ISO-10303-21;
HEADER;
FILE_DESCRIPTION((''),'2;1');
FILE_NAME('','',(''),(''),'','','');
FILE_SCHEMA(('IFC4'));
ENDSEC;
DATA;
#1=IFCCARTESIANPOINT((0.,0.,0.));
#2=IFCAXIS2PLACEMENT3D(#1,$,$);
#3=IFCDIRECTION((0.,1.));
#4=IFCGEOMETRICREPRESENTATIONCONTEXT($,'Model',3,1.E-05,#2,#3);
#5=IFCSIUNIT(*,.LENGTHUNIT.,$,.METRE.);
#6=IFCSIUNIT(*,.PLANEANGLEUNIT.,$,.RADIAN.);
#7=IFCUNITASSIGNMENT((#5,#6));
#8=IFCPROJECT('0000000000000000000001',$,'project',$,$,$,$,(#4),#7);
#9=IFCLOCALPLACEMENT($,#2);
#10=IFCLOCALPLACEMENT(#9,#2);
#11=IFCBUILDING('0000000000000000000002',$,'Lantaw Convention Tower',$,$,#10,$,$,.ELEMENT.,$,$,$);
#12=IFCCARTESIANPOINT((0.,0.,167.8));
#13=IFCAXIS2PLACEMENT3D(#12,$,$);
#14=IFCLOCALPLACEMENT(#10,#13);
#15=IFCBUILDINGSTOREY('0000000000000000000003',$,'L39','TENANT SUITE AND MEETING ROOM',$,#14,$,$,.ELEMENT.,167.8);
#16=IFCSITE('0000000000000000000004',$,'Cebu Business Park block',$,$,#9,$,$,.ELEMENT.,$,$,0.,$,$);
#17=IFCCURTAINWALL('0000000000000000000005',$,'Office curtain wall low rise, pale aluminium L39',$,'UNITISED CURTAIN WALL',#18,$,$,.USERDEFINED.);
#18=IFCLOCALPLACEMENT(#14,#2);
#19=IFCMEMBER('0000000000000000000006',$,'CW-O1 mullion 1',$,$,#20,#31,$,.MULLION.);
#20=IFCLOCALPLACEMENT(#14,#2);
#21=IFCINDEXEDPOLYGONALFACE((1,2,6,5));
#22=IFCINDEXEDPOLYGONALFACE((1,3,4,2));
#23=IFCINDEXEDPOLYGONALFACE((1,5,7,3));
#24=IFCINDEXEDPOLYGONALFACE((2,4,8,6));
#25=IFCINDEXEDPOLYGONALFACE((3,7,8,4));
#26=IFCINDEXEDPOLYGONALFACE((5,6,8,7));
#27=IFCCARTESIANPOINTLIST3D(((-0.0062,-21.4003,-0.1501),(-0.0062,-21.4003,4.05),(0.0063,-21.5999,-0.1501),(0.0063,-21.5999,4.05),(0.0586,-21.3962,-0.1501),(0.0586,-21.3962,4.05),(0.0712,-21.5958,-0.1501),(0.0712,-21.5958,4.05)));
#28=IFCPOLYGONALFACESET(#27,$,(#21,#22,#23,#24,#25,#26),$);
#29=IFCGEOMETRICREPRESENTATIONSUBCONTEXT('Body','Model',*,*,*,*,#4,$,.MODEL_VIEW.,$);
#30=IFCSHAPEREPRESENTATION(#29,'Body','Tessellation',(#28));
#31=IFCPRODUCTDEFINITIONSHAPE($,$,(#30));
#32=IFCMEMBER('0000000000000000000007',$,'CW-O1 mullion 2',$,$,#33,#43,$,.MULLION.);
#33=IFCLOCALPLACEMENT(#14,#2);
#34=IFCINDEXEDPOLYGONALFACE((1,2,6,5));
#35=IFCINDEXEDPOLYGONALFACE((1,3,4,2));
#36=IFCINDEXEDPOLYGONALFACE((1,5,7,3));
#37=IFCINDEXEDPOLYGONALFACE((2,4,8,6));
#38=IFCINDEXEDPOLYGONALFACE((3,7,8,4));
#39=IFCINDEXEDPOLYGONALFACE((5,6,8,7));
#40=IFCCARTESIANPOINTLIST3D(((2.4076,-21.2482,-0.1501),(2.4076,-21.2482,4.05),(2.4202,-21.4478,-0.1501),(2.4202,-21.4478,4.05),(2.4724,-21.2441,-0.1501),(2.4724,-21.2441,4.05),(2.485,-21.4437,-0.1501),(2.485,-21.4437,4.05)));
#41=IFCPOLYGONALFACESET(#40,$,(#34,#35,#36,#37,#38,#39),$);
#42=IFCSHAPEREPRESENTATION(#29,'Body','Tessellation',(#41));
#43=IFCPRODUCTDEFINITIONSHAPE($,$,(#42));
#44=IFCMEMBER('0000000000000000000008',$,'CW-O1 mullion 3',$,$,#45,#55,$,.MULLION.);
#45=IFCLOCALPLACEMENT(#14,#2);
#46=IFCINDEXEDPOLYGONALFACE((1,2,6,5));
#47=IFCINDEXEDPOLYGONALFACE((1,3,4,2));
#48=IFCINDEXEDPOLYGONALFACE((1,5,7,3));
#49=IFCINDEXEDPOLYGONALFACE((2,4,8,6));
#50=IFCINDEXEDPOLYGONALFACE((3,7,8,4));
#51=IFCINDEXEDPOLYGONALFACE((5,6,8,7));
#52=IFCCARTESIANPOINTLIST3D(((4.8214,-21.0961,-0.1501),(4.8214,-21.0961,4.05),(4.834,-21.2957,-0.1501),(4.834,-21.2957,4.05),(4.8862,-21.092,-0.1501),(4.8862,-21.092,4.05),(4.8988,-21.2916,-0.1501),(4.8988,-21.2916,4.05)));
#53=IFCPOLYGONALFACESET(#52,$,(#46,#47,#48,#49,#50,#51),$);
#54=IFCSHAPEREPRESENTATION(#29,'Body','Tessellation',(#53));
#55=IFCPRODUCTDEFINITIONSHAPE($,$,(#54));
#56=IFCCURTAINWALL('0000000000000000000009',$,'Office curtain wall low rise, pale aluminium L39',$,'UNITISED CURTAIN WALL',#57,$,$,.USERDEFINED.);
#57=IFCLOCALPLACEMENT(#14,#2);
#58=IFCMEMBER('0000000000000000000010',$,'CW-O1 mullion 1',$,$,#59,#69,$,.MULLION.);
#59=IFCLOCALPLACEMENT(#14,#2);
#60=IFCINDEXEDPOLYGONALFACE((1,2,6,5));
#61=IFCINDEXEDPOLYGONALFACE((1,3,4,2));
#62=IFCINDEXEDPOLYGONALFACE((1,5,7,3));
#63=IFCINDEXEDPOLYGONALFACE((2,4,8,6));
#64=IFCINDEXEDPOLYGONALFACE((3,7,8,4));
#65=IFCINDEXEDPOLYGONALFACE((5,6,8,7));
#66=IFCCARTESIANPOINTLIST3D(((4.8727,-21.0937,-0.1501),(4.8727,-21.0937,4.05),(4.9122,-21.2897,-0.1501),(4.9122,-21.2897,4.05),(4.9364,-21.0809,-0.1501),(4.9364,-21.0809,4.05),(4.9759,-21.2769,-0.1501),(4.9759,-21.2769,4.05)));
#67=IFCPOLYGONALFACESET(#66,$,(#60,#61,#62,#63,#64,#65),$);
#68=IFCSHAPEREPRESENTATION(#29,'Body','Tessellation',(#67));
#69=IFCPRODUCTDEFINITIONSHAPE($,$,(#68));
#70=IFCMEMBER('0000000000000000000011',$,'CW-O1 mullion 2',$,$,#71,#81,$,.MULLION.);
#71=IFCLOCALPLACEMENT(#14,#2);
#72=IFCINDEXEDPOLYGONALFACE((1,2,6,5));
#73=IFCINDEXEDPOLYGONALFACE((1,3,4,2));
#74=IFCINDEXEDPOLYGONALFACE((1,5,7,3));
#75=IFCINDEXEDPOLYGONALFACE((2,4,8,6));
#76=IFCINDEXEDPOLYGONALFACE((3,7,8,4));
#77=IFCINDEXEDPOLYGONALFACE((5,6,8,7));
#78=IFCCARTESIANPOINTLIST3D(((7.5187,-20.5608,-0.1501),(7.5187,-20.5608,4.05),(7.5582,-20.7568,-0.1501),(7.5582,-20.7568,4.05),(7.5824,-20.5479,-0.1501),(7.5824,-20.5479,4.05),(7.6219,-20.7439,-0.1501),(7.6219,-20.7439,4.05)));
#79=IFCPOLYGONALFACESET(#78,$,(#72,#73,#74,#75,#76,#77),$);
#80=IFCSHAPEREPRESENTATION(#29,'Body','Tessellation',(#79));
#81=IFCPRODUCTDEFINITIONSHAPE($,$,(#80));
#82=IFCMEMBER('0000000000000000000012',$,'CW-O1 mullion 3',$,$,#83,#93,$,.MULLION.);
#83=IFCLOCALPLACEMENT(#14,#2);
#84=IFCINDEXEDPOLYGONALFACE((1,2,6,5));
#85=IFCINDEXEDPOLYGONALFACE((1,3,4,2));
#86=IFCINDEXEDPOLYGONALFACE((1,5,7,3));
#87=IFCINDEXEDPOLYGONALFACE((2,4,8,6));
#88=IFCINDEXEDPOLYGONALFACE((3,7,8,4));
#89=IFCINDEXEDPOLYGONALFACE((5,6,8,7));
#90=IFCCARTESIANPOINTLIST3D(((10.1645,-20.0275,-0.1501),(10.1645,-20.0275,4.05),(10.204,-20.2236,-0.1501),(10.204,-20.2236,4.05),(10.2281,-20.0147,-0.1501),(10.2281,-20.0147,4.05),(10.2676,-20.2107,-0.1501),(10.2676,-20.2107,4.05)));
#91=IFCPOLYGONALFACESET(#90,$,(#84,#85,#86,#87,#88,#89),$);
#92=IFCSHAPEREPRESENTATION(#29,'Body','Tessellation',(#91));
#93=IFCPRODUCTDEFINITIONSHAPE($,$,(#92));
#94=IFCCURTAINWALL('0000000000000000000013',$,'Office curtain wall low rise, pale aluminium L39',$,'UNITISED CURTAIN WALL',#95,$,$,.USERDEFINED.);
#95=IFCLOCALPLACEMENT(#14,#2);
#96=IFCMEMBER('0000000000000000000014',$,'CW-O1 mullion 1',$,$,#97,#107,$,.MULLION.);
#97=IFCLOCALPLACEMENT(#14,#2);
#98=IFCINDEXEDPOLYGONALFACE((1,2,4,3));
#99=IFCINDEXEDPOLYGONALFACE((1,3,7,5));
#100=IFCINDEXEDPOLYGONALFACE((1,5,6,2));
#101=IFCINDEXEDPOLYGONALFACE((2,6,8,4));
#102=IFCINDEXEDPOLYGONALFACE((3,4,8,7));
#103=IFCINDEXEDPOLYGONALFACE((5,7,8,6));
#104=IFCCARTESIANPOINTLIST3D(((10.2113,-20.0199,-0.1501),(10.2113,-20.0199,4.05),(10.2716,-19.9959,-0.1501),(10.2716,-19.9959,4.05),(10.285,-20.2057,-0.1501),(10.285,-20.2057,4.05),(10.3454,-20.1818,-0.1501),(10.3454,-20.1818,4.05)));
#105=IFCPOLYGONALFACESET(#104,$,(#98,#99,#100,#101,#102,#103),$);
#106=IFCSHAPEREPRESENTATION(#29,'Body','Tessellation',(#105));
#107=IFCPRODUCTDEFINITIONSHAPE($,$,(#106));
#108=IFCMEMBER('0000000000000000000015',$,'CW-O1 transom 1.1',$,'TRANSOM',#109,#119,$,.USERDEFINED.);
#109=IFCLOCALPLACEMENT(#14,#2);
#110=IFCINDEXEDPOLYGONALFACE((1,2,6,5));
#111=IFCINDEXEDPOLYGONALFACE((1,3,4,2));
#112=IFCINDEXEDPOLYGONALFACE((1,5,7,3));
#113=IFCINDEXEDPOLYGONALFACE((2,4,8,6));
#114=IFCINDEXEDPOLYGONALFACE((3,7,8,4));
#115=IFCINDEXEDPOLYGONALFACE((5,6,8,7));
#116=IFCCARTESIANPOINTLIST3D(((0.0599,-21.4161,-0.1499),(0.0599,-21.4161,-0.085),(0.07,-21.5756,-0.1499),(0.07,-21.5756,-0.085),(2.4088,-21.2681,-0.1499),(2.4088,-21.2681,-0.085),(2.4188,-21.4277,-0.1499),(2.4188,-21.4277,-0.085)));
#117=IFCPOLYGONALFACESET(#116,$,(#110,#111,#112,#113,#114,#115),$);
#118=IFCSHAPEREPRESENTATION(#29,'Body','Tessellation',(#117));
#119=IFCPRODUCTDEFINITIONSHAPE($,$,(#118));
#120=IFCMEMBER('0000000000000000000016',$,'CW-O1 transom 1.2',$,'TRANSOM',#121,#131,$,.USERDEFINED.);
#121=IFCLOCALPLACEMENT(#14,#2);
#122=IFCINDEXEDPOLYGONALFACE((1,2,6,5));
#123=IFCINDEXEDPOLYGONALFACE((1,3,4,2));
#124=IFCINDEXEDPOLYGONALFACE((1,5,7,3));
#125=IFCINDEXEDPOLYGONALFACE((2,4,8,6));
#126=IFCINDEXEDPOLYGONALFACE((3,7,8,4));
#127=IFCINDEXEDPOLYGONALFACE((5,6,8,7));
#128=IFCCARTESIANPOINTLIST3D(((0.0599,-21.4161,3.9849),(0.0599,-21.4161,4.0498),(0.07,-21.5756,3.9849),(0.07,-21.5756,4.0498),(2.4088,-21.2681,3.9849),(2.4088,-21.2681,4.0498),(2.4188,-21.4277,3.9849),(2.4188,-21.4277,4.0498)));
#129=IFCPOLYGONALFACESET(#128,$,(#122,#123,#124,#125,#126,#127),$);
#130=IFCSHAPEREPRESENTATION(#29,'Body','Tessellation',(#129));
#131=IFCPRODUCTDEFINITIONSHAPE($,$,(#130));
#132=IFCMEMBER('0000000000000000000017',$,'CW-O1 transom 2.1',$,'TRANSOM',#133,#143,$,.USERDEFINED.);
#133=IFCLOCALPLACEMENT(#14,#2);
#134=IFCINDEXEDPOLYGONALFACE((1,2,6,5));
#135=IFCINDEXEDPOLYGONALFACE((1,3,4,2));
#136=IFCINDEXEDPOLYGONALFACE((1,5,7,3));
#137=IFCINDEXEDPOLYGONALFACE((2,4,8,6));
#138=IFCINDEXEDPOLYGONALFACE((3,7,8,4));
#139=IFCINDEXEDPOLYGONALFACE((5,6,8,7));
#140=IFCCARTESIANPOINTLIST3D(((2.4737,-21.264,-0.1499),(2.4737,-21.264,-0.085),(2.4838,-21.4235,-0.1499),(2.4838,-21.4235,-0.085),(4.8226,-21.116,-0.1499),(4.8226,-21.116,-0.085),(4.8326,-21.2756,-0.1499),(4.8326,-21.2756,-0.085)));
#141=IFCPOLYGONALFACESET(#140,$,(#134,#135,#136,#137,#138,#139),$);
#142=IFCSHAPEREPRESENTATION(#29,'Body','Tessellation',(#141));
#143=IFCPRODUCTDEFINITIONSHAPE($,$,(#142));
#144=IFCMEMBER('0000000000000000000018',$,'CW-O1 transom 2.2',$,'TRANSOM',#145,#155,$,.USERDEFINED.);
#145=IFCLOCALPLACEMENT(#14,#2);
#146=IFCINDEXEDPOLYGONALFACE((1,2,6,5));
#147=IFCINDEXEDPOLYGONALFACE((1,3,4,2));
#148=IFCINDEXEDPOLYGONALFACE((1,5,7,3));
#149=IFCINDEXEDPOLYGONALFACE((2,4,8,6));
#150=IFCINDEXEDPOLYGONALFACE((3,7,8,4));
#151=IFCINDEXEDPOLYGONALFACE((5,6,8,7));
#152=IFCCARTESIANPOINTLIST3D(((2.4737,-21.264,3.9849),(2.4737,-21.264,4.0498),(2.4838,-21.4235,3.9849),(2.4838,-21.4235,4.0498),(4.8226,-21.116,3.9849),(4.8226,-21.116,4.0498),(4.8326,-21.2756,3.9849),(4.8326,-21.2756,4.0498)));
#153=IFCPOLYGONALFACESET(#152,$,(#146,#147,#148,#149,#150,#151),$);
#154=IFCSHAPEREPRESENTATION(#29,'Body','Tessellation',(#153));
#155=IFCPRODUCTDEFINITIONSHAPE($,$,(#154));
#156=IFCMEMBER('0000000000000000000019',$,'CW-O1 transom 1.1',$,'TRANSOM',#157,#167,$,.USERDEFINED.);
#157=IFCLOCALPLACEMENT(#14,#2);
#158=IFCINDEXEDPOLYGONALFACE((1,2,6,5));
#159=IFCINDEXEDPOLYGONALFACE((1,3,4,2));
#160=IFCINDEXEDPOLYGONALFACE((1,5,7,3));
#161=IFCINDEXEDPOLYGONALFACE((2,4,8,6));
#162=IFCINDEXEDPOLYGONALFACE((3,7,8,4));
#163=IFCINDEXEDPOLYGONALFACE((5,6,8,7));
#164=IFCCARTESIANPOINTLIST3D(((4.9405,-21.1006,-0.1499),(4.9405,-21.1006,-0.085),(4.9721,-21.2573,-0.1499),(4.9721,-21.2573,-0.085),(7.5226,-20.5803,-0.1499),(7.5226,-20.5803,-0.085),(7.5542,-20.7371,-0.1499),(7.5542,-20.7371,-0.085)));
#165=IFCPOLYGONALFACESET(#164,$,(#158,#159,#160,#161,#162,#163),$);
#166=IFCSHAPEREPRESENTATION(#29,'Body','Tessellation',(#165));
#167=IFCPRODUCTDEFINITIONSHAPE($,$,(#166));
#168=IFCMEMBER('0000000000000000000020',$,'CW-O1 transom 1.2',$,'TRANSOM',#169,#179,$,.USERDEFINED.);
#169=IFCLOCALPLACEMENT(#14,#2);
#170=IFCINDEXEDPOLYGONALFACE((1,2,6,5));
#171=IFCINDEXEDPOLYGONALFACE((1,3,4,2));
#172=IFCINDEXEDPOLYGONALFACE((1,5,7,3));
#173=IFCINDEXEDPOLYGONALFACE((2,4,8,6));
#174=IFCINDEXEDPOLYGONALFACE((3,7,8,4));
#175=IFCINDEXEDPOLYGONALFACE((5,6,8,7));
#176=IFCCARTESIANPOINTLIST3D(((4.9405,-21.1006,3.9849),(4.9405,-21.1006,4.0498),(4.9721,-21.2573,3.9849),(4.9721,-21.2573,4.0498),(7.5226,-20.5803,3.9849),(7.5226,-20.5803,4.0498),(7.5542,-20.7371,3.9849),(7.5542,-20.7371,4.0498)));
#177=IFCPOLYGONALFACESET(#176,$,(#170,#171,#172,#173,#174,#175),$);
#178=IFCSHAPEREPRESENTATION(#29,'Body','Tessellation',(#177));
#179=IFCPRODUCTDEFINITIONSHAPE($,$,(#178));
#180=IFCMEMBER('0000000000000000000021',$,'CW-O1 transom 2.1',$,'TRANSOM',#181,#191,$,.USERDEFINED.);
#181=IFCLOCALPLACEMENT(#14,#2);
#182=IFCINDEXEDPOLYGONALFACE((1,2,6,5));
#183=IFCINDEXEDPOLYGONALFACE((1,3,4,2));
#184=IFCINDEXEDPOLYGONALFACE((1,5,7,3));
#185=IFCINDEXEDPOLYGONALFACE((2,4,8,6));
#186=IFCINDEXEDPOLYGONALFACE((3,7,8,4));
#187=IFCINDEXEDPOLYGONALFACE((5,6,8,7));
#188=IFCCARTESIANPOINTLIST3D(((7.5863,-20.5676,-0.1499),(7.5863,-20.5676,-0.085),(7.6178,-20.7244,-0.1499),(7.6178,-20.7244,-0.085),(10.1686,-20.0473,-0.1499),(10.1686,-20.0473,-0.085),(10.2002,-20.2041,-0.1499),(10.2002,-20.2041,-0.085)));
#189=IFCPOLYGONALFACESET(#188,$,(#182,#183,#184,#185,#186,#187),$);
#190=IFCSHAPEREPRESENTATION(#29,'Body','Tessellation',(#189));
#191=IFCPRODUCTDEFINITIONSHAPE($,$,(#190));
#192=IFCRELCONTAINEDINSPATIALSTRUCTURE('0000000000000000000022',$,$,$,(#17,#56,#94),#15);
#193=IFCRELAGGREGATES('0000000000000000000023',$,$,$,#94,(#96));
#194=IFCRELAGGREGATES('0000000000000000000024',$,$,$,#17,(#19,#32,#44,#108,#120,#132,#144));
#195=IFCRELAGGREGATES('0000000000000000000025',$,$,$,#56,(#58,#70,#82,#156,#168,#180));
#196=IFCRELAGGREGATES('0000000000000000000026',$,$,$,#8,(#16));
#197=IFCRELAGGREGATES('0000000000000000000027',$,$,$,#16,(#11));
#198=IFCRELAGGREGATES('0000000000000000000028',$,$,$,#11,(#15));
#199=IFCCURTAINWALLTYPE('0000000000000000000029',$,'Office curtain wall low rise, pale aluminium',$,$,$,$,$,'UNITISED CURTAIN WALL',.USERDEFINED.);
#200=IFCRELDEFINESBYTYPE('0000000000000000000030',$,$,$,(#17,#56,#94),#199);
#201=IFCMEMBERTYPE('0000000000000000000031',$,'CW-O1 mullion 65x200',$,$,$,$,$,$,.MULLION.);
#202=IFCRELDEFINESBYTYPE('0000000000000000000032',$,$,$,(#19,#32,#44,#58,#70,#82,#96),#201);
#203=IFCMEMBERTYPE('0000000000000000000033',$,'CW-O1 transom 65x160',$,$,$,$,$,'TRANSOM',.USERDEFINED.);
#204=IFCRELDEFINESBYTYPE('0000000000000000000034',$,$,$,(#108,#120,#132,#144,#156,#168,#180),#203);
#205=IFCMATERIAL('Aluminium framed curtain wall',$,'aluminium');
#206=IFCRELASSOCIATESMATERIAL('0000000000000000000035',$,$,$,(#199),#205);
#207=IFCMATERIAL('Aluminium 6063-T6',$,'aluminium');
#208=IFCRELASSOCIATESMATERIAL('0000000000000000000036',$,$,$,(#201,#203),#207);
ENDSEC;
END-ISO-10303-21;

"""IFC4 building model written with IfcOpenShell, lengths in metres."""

from ifc_helpers import new_model, si_unit, direction, frame, origin, origin_2d, place, context, subcontext, project, spatial, rectangle, extrude, material, material_profile, profile_set, type_object, element, aggregate, save


model = new_model("IFC4")

# Units and contexts
model_context = context("Model", 3, precision=1e-05, world=origin(), true_north=direction((0.0, 1.0)))
body_context = subcontext(model_context, "Body", "Model", "MODEL_VIEW")
ifc_project = project(units=[si_unit("LENGTHUNIT", "METRE"), si_unit("PLANEANGLEUNIT", "RADIAN")], contexts=[model_context])

# Site, building, storey
site_placement = place(None, origin())
site = spatial("IfcSite", under=ifc_project, at=site_placement, Name="Cebu Business Park block", CompositionType="ELEMENT", RefElevation=0.0)
building_placement = place(site_placement, origin())
building = spatial("IfcBuilding", under=site, at=building_placement, Name="Lantaw Convention Tower", CompositionType="ELEMENT")
storey_placement = place(building_placement, frame((0.0, 0.0, 167.8)))
storey = spatial("IfcBuildingStorey", under=building, at=storey_placement, Name="L39", Description="TENANT SUITE AND MEETING ROOM", CompositionType="ELEMENT", Elevation=167.8)

# Curtain walls, members
ifc_material_1 = material(Name="Aluminium framed curtain wall", Category="aluminium")
curtain_wall_type = type_object("IfcCurtainWallType", Name="Office curtain wall low rise, pale aluminium", ElementType="UNITISED CURTAIN WALL", PredefinedType="USERDEFINED", material=ifc_material_1)
curtain_wall_1_placement = place(storey_placement, origin())
curtain_wall_1 = element("IfcCurtainWall", 1, at=curtain_wall_1_placement, inside=storey, type_object=curtain_wall_type, Name="Office curtain wall low rise, pale aluminium L39", ObjectType="UNITISED CURTAIN WALL", PredefinedType="USERDEFINED")
ifc_material_2 = material(Name="Aluminium 6063-T6", Category="aluminium")
ifc_material_profile_1 = material_profile(ifc_material_2, rectangle(XDim=0.2, YDim=0.0649, at=origin_2d()), Name="CW-O1 mullion 65x200")
ifc_profile_set_1 = profile_set([ifc_material_profile_1], Name="Aluminium 6063-T6")
member_type_1 = type_object("IfcMemberType", Name="CW-O1 mullion 65x200", PredefinedType="MULLION", material=ifc_profile_set_1)
member_1_placement = place(storey_placement, frame((0.0325, -21.498, -0.1501), z_axis=(0.0, 0.0, 1.0), x_axis=(-0.062865, 0.998022, 0.0)))
member_1 = element("IfcMember", 2, at=member_1_placement, type_object=member_type_1, Name="CW-O1 mullion 1", PredefinedType="MULLION", context=body_context, shape_type="SweptSolid", body=[
    extrude(rectangle(XDim=0.2, YDim=0.0649, at=origin_2d()), origin(), (0.0, 0.0, 1.0), 4.2002),
])
member_2_placement = place(storey_placement, frame((2.4463, -21.3459, -0.1501), z_axis=(0.0, 0.0, 1.0), x_axis=(-0.062865, 0.998022, 0.0)))
member_2 = element("IfcMember", 3, at=member_2_placement, type_object=member_type_1, Name="CW-O1 mullion 2", PredefinedType="MULLION", context=body_context, shape_type="SweptSolid", body=[
    extrude(rectangle(XDim=0.2, YDim=0.0649, at=origin_2d()), origin(), (0.0, 0.0, 1.0), 4.2002),
])
member_3_placement = place(storey_placement, frame((4.8601, -21.1938, -0.1501), z_axis=(0.0, 0.0, 1.0), x_axis=(-0.062865, 0.998022, 0.0)))
member_3 = element("IfcMember", 4, at=member_3_placement, type_object=member_type_1, Name="CW-O1 mullion 3", PredefinedType="MULLION", context=body_context, shape_type="SweptSolid", body=[
    extrude(rectangle(XDim=0.2, YDim=0.0649, at=origin_2d()), origin(), (0.0, 0.0, 1.0), 4.2002),
])
curtain_wall_2_placement = place(storey_placement, origin())
curtain_wall_2 = element("IfcCurtainWall", 5, at=curtain_wall_2_placement, inside=storey, type_object=curtain_wall_type, Name="Office curtain wall low rise, pale aluminium L39", ObjectType="UNITISED CURTAIN WALL", PredefinedType="USERDEFINED")
member_4_placement = place(storey_placement, frame((4.9243, -21.1853, -0.1501), z_axis=(0.0, 0.0, 1.0), x_axis=(-0.197507, 0.980302, 0.0)))
member_4 = element("IfcMember", 6, at=member_4_placement, type_object=member_type_1, Name="CW-O1 mullion 1", PredefinedType="MULLION", context=body_context, shape_type="SweptSolid", body=[
    extrude(rectangle(XDim=0.2, YDim=0.0649, at=origin_2d()), origin(), (0.0, 0.0, 1.0), 4.2002),
])
member_5_placement = place(storey_placement, frame((7.5703, -20.6523, -0.1501), z_axis=(0.0, 0.0, 1.0), x_axis=(-0.197507, 0.980302, 0.0)))
member_5 = element("IfcMember", 7, at=member_5_placement, type_object=member_type_1, Name="CW-O1 mullion 2", PredefinedType="MULLION", context=body_context, shape_type="SweptSolid", body=[
    extrude(rectangle(XDim=0.2, YDim=0.0649, at=origin_2d()), origin(), (0.0, 0.0, 1.0), 4.2002),
])
member_6_placement = place(storey_placement, frame((10.2161, -20.1191, -0.1501), z_axis=(0.0, 0.0, 1.0), x_axis=(-0.197507, 0.980302, 0.0)))
member_6 = element("IfcMember", 8, at=member_6_placement, type_object=member_type_1, Name="CW-O1 mullion 3", PredefinedType="MULLION", context=body_context, shape_type="SweptSolid", body=[
    extrude(rectangle(XDim=0.2, YDim=0.0649, at=origin_2d()), origin(), (0.0, 0.0, 1.0), 4.2002),
])

# Curtain wall, member
curtain_wall_3_placement = place(storey_placement, origin())
curtain_wall_3 = element("IfcCurtainWall", 9, at=curtain_wall_3_placement, inside=storey, type_object=curtain_wall_type, Name="Office curtain wall low rise, pale aluminium L39", ObjectType="UNITISED CURTAIN WALL", PredefinedType="USERDEFINED")
member_7_placement = place(storey_placement, frame((10.2783, -20.1008, -0.1501), z_axis=(0.0, 0.0, 1.0), x_axis=(-0.368702, 0.929548, 0.0)))
member_7 = element("IfcMember", 10, at=member_7_placement, type_object=member_type_1, Name="CW-O1 mullion 1", PredefinedType="MULLION", context=body_context, shape_type="SweptSolid", body=[
    extrude(rectangle(XDim=0.2, YDim=0.0649, at=origin_2d()), origin(), (0.0, 0.0, 1.0), 4.2002),
])

# Members
ifc_material_profile_2 = material_profile(ifc_material_2, rectangle(XDim=0.1599, YDim=0.0649, at=origin_2d()), Name="CW-O1 transom 65x160")
ifc_profile_set_2 = profile_set([ifc_material_profile_2], Name="Aluminium 6063-T6")
member_type_2 = type_object("IfcMemberType", Name="CW-O1 transom 65x160", ElementType="TRANSOM", PredefinedType="USERDEFINED", material=ifc_profile_set_2)
member_8_placement = place(storey_placement, frame((0.0649, -21.4958, -0.1174), z_axis=(0.998022, 0.062863, 0.0), x_axis=(-0.062863, 0.998022, 0.0)))
member_8 = element("IfcMember", 11, at=member_8_placement, type_object=member_type_2, Name="CW-O1 transom 1.1", ObjectType="TRANSOM", PredefinedType="USERDEFINED", context=body_context, shape_type="SweptSolid", body=[
    extrude(rectangle(XDim=0.1599, YDim=0.0649, at=origin_2d()), origin(), (0.0, 0.0, 1.0), 2.3535),
])
member_9_placement = place(storey_placement, frame((0.0649, -21.4958, 4.0173), z_axis=(0.998022, 0.062863, 0.0), x_axis=(-0.062863, 0.998022, 0.0)))
member_9 = element("IfcMember", 12, at=member_9_placement, type_object=member_type_2, Name="CW-O1 transom 1.2", ObjectType="TRANSOM", PredefinedType="USERDEFINED", context=body_context, shape_type="SweptSolid", body=[
    extrude(rectangle(XDim=0.1599, YDim=0.0649, at=origin_2d()), origin(), (0.0, 0.0, 1.0), 2.3535),
])
member_10_placement = place(storey_placement, frame((2.4788, -21.3438, -0.1174), z_axis=(0.998022, 0.062863, 0.0), x_axis=(-0.062863, 0.998022, 0.0)))
member_10 = element("IfcMember", 13, at=member_10_placement, type_object=member_type_2, Name="CW-O1 transom 2.1", ObjectType="TRANSOM", PredefinedType="USERDEFINED", context=body_context, shape_type="SweptSolid", body=[
    extrude(rectangle(XDim=0.1599, YDim=0.0649, at=origin_2d()), origin(), (0.0, 0.0, 1.0), 2.3535),
])
member_11_placement = place(storey_placement, frame((2.4788, -21.3438, 4.0173), z_axis=(0.998022, 0.062863, 0.0), x_axis=(-0.062863, 0.998022, 0.0)))
member_11 = element("IfcMember", 14, at=member_11_placement, type_object=member_type_2, Name="CW-O1 transom 2.2", ObjectType="TRANSOM", PredefinedType="USERDEFINED", context=body_context, shape_type="SweptSolid", body=[
    extrude(rectangle(XDim=0.1599, YDim=0.0649, at=origin_2d()), origin(), (0.0, 0.0, 1.0), 2.3535),
])
member_12_placement = place(storey_placement, frame((4.9563, -21.179, -0.1174), z_axis=(0.980298, 0.197524, 0.0), x_axis=(-0.197524, 0.980298, 0.0)))
member_12 = element("IfcMember", 15, at=member_12_placement, type_object=member_type_2, Name="CW-O1 transom 1.1", ObjectType="TRANSOM", PredefinedType="USERDEFINED", context=body_context, shape_type="SweptSolid", body=[
    extrude(rectangle(XDim=0.1599, YDim=0.0649, at=origin_2d()), origin(), (0.0, 0.0, 1.0), 2.634),
])
member_13_placement = place(storey_placement, frame((4.9563, -21.179, 4.0173), z_axis=(0.980298, 0.197524, 0.0), x_axis=(-0.197524, 0.980298, 0.0)))
member_13 = element("IfcMember", 16, at=member_13_placement, type_object=member_type_2, Name="CW-O1 transom 1.2", ObjectType="TRANSOM", PredefinedType="USERDEFINED", context=body_context, shape_type="SweptSolid", body=[
    extrude(rectangle(XDim=0.1599, YDim=0.0649, at=origin_2d()), origin(), (0.0, 0.0, 1.0), 2.634),
])
member_14_placement = place(storey_placement, frame((7.6021, -20.646, -0.1174), z_axis=(0.980302, 0.197506, 0.0), x_axis=(-0.197506, 0.980302, 0.0)))
member_14 = element("IfcMember", 17, at=member_14_placement, type_object=member_type_2, Name="CW-O1 transom 2.1", ObjectType="TRANSOM", PredefinedType="USERDEFINED", context=body_context, shape_type="SweptSolid", body=[
    extrude(rectangle(XDim=0.1599, YDim=0.0649, at=origin_2d()), origin(), (0.0, 0.0, 1.0), 2.6343),
])
aggregate(curtain_wall_3, [member_7])

aggregate(curtain_wall_1, [member_1, member_2, member_3, member_8, member_9, member_10, member_11])
aggregate(curtain_wall_2, [member_4, member_5, member_6, member_12, member_13, member_14])

save(model, "model.ifc")
